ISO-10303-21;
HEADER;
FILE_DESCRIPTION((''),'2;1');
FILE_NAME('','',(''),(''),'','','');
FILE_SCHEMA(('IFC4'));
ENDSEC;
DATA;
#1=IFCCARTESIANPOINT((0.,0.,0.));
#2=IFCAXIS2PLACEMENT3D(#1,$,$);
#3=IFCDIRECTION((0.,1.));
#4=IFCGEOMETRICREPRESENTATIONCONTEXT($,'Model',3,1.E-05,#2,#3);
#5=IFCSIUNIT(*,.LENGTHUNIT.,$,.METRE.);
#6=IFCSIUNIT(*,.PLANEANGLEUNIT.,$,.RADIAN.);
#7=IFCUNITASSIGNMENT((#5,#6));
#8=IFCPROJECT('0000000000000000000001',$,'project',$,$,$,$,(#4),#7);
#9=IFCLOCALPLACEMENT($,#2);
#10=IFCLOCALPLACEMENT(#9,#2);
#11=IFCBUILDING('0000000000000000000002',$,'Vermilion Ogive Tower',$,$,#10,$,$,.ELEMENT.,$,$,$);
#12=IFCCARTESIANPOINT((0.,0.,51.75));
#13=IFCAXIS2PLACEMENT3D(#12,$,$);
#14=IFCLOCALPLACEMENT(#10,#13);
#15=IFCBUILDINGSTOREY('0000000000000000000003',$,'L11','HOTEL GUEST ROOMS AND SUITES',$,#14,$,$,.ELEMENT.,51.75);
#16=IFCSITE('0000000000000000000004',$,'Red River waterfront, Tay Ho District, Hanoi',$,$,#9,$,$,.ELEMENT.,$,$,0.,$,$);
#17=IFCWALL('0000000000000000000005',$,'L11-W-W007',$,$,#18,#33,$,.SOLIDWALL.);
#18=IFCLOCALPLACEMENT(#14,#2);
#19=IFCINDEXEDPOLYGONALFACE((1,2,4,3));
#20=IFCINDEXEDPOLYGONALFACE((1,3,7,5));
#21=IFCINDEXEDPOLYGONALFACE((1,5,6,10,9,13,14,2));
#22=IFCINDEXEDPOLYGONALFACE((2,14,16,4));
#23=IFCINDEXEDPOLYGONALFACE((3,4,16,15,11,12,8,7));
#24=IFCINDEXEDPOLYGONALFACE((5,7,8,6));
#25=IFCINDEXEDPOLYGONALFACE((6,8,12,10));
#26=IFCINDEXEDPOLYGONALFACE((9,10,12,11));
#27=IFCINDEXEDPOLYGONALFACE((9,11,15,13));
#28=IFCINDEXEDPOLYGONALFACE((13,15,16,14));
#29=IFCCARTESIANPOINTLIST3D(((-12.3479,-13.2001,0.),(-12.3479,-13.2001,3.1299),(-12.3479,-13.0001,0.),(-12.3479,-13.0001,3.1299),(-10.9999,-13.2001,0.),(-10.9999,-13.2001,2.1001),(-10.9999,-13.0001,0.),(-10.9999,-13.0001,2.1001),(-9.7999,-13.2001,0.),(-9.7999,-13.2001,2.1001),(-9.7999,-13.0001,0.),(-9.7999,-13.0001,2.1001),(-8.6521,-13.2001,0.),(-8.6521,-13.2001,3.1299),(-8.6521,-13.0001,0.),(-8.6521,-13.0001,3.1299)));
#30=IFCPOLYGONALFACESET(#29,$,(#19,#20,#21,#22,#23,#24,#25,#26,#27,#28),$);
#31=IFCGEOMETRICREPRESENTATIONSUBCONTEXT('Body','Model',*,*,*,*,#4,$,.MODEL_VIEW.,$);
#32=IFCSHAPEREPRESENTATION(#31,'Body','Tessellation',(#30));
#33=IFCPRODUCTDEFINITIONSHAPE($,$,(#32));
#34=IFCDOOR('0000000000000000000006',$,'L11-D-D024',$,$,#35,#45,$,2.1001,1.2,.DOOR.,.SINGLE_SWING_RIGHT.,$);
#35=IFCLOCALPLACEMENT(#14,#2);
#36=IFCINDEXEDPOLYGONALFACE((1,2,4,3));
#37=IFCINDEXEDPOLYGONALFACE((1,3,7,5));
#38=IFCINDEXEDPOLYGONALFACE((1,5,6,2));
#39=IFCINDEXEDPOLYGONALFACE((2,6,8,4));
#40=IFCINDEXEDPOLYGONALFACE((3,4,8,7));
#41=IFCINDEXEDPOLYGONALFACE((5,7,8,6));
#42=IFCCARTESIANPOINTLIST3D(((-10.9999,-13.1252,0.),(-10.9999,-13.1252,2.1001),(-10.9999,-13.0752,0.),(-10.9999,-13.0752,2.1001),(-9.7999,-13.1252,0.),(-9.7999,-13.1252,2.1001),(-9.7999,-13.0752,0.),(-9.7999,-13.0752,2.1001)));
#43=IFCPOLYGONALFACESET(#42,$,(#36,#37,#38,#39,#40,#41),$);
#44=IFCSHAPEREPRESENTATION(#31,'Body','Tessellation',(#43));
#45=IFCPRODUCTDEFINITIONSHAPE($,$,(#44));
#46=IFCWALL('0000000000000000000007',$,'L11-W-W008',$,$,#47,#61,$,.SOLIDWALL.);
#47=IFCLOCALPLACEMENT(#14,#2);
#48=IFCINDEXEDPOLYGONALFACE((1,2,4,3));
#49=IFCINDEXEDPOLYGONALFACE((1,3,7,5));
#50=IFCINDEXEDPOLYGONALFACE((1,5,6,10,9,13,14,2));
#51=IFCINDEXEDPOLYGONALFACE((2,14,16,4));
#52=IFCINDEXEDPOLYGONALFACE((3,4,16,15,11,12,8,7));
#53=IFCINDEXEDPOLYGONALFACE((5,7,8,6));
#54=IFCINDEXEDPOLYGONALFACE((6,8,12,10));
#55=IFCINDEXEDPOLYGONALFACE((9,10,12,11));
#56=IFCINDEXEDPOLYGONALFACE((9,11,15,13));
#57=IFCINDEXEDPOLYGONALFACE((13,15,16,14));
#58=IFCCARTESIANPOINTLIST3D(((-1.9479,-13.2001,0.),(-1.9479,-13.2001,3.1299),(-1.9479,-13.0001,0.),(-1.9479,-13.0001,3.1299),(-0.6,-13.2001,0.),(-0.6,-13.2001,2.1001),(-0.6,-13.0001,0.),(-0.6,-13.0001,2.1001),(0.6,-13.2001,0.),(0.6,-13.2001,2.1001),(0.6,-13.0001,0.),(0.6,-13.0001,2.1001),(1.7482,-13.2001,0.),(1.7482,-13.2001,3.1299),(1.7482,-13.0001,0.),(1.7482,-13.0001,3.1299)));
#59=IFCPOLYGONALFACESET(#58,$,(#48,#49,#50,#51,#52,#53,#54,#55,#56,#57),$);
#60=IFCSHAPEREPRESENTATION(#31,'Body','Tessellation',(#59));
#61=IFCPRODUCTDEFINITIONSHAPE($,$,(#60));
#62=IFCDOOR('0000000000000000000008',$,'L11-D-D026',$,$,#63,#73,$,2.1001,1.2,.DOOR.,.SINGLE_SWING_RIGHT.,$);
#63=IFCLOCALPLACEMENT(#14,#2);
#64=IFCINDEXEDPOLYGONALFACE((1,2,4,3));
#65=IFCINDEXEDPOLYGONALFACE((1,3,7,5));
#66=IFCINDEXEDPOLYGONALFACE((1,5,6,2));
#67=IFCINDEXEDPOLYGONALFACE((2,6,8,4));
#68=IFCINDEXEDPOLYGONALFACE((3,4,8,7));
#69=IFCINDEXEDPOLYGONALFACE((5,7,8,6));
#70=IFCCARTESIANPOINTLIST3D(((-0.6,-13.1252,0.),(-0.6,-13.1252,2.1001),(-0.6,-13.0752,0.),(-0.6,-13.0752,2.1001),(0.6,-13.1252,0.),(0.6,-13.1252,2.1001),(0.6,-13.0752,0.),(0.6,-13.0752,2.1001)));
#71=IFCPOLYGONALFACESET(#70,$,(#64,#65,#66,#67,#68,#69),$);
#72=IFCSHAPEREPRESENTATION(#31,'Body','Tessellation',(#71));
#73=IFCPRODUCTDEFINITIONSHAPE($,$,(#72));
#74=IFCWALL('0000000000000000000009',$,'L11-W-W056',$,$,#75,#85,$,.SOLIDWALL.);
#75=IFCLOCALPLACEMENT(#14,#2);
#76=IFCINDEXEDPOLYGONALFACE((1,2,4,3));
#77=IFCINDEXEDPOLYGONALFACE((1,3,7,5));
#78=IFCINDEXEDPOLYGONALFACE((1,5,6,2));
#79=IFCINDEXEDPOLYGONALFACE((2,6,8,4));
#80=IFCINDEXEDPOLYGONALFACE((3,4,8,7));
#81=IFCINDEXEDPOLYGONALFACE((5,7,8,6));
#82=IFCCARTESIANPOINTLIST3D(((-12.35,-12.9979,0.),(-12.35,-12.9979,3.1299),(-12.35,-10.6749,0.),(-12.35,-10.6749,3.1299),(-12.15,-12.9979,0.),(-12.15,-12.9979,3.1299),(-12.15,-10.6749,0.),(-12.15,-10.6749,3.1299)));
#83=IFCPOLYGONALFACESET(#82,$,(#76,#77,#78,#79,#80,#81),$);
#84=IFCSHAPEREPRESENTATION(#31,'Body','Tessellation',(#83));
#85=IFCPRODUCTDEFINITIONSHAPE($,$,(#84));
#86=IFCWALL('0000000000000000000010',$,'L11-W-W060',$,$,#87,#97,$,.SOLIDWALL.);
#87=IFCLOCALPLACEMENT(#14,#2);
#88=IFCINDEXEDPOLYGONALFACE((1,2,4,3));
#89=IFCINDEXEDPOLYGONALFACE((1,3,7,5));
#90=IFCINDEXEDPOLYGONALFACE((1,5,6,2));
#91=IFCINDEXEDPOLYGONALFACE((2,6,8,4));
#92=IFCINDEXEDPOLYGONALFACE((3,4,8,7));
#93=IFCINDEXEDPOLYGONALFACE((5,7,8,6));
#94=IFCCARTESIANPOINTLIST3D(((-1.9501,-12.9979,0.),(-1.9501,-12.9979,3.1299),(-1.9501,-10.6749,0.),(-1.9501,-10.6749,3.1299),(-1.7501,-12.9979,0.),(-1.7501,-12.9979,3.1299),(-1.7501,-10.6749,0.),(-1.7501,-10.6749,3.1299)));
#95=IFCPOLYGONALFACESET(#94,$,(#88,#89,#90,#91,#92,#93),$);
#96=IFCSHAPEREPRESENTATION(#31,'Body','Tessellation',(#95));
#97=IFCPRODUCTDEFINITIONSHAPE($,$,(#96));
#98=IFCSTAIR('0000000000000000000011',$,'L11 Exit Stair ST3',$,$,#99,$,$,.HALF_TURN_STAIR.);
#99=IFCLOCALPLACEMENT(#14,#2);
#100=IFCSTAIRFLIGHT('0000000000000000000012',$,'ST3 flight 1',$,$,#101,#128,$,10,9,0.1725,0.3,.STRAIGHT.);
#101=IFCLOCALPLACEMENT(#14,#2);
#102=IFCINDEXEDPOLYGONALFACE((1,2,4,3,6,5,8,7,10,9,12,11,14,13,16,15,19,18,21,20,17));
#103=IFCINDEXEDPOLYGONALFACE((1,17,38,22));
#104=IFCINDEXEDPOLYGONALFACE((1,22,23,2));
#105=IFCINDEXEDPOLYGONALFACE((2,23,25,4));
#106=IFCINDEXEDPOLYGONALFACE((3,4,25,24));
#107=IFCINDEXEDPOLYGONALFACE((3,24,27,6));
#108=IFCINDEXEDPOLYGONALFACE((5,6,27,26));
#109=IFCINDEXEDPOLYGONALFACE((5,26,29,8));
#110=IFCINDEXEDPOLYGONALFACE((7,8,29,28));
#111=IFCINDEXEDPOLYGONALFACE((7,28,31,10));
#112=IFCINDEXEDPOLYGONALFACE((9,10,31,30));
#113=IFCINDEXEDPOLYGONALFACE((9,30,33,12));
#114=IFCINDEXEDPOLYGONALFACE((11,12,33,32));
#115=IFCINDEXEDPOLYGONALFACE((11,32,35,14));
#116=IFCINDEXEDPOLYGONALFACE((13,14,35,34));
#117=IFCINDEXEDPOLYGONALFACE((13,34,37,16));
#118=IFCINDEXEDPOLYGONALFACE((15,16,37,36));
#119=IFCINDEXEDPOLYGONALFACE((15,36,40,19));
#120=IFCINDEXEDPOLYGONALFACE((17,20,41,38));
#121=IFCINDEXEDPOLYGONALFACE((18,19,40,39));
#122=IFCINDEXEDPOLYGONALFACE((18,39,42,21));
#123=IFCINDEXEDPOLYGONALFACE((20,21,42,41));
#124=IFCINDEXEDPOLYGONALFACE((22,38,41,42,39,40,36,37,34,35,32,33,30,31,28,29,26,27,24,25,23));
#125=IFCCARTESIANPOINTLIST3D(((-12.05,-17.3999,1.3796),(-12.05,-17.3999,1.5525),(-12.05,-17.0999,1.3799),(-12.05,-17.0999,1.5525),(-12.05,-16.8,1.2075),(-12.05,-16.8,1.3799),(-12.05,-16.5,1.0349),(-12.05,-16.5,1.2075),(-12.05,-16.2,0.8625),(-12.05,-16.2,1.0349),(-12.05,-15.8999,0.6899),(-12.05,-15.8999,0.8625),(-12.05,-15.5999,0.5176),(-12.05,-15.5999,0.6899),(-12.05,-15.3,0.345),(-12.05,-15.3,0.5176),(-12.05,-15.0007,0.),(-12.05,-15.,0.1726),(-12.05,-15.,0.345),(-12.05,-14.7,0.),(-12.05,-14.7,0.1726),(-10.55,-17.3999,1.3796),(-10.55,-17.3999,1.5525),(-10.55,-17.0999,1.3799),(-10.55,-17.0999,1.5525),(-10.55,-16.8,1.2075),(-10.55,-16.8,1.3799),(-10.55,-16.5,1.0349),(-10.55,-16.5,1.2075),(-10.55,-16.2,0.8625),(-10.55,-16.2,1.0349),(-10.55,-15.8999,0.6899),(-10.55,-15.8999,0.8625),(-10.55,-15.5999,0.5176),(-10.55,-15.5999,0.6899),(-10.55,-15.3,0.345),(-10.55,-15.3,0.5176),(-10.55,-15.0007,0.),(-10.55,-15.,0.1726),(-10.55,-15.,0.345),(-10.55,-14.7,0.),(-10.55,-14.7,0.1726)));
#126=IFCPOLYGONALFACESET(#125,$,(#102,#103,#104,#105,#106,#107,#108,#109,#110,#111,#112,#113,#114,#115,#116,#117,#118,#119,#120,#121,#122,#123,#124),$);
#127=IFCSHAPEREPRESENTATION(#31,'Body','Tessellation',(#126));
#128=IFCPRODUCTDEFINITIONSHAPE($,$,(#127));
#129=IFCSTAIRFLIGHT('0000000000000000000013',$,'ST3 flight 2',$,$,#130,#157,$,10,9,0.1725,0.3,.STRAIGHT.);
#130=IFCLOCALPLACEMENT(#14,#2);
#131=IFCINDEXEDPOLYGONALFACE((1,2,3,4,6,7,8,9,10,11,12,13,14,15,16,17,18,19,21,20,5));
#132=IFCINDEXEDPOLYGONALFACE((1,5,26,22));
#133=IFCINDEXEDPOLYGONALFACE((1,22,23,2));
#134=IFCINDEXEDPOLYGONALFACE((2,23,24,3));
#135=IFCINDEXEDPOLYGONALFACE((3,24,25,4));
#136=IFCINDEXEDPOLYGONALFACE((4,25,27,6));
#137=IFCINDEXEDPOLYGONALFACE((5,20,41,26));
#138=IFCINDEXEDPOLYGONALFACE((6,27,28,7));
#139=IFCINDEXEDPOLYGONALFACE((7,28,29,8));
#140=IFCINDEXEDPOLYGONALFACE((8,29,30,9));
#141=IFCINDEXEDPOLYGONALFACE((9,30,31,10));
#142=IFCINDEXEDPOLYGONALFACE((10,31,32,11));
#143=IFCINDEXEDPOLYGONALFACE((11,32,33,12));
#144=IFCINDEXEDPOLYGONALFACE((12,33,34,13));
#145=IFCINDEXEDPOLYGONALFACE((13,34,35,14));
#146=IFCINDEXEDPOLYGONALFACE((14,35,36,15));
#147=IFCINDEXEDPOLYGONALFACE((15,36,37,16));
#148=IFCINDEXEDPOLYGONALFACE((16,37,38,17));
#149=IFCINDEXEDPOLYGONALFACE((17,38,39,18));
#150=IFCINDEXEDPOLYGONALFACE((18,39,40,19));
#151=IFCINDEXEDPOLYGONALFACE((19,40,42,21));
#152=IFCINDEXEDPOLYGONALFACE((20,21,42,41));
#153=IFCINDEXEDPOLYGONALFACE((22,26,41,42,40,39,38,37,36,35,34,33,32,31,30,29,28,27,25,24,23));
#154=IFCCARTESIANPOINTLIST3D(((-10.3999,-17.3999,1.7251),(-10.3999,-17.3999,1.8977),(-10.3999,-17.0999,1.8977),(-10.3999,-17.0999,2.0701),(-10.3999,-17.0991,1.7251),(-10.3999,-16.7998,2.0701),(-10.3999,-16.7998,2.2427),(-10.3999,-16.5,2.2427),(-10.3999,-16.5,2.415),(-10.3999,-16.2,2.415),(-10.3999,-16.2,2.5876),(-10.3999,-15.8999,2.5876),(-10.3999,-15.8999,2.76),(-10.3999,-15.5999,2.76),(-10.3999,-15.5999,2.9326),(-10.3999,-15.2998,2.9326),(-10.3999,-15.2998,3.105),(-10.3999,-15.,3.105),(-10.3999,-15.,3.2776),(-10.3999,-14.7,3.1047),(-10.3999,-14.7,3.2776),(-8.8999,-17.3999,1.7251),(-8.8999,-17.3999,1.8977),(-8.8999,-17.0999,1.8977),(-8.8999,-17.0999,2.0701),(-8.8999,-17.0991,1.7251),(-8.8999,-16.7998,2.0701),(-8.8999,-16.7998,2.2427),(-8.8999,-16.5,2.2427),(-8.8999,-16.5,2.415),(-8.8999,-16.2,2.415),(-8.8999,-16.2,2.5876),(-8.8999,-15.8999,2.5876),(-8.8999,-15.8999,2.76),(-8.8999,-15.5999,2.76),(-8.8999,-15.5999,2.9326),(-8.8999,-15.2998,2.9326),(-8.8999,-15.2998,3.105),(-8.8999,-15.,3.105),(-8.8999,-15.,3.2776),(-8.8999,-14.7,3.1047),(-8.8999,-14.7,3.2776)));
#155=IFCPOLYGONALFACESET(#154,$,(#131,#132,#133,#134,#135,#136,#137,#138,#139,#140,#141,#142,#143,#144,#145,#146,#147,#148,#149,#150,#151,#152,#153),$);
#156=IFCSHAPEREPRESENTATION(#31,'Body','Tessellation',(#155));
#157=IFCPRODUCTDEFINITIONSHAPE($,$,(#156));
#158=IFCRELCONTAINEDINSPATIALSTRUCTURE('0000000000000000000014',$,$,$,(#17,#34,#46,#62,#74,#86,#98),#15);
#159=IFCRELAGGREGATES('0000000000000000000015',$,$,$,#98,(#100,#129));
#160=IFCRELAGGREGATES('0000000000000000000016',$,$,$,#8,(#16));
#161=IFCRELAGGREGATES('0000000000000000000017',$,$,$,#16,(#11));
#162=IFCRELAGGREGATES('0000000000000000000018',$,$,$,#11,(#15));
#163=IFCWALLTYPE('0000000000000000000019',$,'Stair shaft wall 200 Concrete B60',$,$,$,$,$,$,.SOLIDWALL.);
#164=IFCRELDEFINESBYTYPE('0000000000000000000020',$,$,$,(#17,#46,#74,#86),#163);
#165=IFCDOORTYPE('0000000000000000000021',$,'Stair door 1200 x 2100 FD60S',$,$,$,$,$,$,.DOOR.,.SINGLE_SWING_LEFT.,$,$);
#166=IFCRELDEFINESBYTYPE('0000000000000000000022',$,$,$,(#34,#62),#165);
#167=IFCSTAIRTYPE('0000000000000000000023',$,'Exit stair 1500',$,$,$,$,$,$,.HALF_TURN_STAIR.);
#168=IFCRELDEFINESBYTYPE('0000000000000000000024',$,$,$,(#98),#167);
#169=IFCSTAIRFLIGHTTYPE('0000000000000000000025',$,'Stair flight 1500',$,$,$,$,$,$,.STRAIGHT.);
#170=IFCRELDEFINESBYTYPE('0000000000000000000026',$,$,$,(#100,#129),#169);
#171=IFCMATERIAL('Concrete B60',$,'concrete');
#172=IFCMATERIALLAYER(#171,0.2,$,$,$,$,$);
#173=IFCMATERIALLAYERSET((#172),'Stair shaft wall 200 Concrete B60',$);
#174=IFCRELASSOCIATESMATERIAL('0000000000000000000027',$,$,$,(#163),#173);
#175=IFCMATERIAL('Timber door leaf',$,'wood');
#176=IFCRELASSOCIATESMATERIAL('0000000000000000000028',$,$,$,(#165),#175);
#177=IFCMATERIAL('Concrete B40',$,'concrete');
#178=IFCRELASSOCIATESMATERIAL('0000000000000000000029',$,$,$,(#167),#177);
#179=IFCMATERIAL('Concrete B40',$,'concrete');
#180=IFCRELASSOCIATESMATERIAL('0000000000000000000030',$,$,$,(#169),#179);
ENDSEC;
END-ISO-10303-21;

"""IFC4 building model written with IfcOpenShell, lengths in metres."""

from ifc_helpers import new_model, si_unit, direction, frame, frame_2d, origin, place, context, subcontext, project, spatial, polyline, rectangle, outline, extrude, material, layer, layer_set, type_object, element, fill, aggregate, save


model = new_model("IFC4")

# Units and contexts
model_context = context("Model", 3, precision=1e-05, world=origin(), true_north=direction((0.0, 1.0)))
body_context = subcontext(model_context, "Body", "Model", "MODEL_VIEW")
ifc_project = project(units=[si_unit("LENGTHUNIT", "METRE"), si_unit("PLANEANGLEUNIT", "RADIAN")], contexts=[model_context])

# Site, building, storey
site_placement = place(None, origin())
site = spatial("IfcSite", under=ifc_project, at=site_placement, Name="Red River waterfront, Tay Ho District, Hanoi", CompositionType="ELEMENT", RefElevation=0.0)
building_placement = place(site_placement, origin())
building = spatial("IfcBuilding", under=site, at=building_placement, Name="Vermilion Ogive Tower", CompositionType="ELEMENT")
storey_placement = place(building_placement, frame((0.0, 0.0, 51.75)))
storey = spatial("IfcBuildingStorey", under=building, at=storey_placement, Name="L11", Description="HOTEL GUEST ROOMS AND SUITES", CompositionType="ELEMENT", Elevation=51.75)

# Walls, openings, doors
ifc_material_1 = material(Name="Concrete B60", Category="concrete")
ifc_layer = layer(ifc_material_1, 0.2)
ifc_layer_set = layer_set([ifc_layer], Name="Stair shaft wall 200 Concrete B60")
wall_type = type_object("IfcWallType", Name="Stair shaft wall 200 Concrete B60", PredefinedType="SOLIDWALL", material=ifc_layer_set)
wall_1_placement = place(storey_placement, frame((-12.3479, -13.1001, 0.0), z_axis=(0.0, 0.0, 1.0), x_axis=(1.0, 0.0, 0.0)))
wall_1 = element("IfcWall", 1, at=wall_1_placement, inside=storey, type_object=wall_type, Name="L11-W-W007", PredefinedType="SOLIDWALL", context=body_context, shape_type="SweptSolid", body=[
    extrude(rectangle(XDim=3.6958, YDim=0.2, at=frame_2d((1.8479, 0.0))), origin(), (0.0, 0.0, 1.0), 3.1299),
])
opening_1_placement = place(wall_1_placement, frame((1.3479, 0.0, 0.0)))
opening_1 = element("IfcOpeningElement", 2, at=opening_1_placement, cuts=wall_1, PredefinedType="OPENING", context=body_context, shape_type="SweptSolid", body=[
    extrude(rectangle(XDim=1.2, YDim=2.1001, at=frame_2d((0.6001, 1.05))), frame((0.0, 0.1099, 0.0), z_axis=(0.0, -1.0, 0.0), x_axis=(1.0, 0.0, 0.0)), (0.0, 0.0, 1.0), 0.22),
])
ifc_material_2 = material(Name="Timber door leaf", Category="wood")
door_type = type_object("IfcDoorType", Name="Stair door 1200 x 2100 FD60S", OperationType="SINGLE_SWING_LEFT", PredefinedType="DOOR", material=ifc_material_2)
door_1_placement = place(opening_1_placement, origin())
door_1 = element("IfcDoor", 3, at=door_1_placement, inside=storey, type_object=door_type, Name="L11-D-D024", OperationType="SINGLE_SWING_RIGHT", OverallHeight=2.1001, OverallWidth=1.2, PredefinedType="DOOR", context=body_context, shape_type="SweptSolid", body=[
    extrude(rectangle(XDim=1.2, YDim=2.1001, at=frame_2d((0.6001, 1.05))), frame((0.0, 0.0249, 0.0), z_axis=(0.0, -1.0, 0.0), x_axis=(1.0, 0.0, 0.0)), (0.0, 0.0, 1.0), 0.05),
])
fill(opening_1, door_1)
wall_2_placement = place(storey_placement, frame((-1.948, -13.1001, 0.0), z_axis=(0.0, 0.0, 1.0), x_axis=(1.0, 0.0, 0.0)))
wall_2 = element("IfcWall", 4, at=wall_2_placement, inside=storey, type_object=wall_type, Name="L11-W-W008", PredefinedType="SOLIDWALL", context=body_context, shape_type="SweptSolid", body=[
    extrude(rectangle(XDim=3.696, YDim=0.2, at=frame_2d((1.8481, 0.0))), origin(), (0.0, 0.0, 1.0), 3.1299),
])
opening_2_placement = place(wall_2_placement, frame((1.3479, 0.0, 0.0)))
opening_2 = element("IfcOpeningElement", 5, at=opening_2_placement, cuts=wall_2, PredefinedType="OPENING", context=body_context, shape_type="SweptSolid", body=[
    extrude(rectangle(XDim=1.2, YDim=2.1001, at=frame_2d((0.6001, 1.05))), frame((0.0, 0.1099, 0.0), z_axis=(0.0, -1.0, 0.0), x_axis=(1.0, 0.0, 0.0)), (0.0, 0.0, 1.0), 0.22),
])
door_2_placement = place(opening_2_placement, origin())
door_2 = element("IfcDoor", 6, at=door_2_placement, inside=storey, type_object=door_type, Name="L11-D-D026", OperationType="SINGLE_SWING_RIGHT", OverallHeight=2.1001, OverallWidth=1.2, PredefinedType="DOOR", context=body_context, shape_type="SweptSolid", body=[
    extrude(rectangle(XDim=1.2, YDim=2.1001, at=frame_2d((0.6001, 1.05))), frame((0.0, 0.0249, 0.0), z_axis=(0.0, -1.0, 0.0), x_axis=(1.0, 0.0, 0.0)), (0.0, 0.0, 1.0), 0.05),
])
fill(opening_2, door_2)

# Walls
for number, where, z_axis, x_axis, name in (
    (7, (-12.25, -12.998, 0.0), (0.0, 0.0, 1.0), (0.0, 1.0, 0.0), "L11-W-W056"),
    (8, (-1.8501, -12.998, 0.0), (0.0, 0.0, 1.0), (0.0, 1.0, 0.0), "L11-W-W060"),
):
    element("IfcWall", number, at=place(storey_placement, frame(where, z_axis=z_axis, x_axis=x_axis)), inside=storey, type_object=wall_type, Name=name, PredefinedType="SOLIDWALL", context=body_context, shape_type="SweptSolid", body=[
        extrude(rectangle(XDim=2.323, YDim=0.2, at=frame_2d((1.1616, 0.0))), origin(), (0.0, 0.0, 1.0), 3.1299),
    ])

# Stair, stair flights
ifc_material_3 = material(Name="Concrete B40", Category="concrete")
stair_type = type_object("IfcStairType", Name="Exit stair 1500", PredefinedType="HALF_TURN_STAIR", material=ifc_material_3)
stair_1_placement = place(storey_placement, origin())
stair_1 = element("IfcStair", 9, at=stair_1_placement, inside=storey, type_object=stair_type, Name="L11 Exit Stair ST3", PredefinedType="HALF_TURN_STAIR")
ifc_material_4 = material(Name="Concrete B40", Category="concrete")
stair_flight_type = type_object("IfcStairFlightType", Name="Stair flight 1500", PredefinedType="STRAIGHT", material=ifc_material_4)
stair_flight_1_placement = place(storey_placement, frame((-11.3, -14.7, 0.0), z_axis=(0.0, 0.0, 1.0), x_axis=(0.0, -1.0, 0.0)))
stair_flight_1 = element("IfcStairFlight", 10, at=stair_flight_1_placement, type_object=stair_flight_type, Name="ST3 flight 1", NumberOfRisers=10, NumberOfTreads=9, PredefinedType="STRAIGHT", RiserHeight=0.1725, TreadLength=0.3, context=body_context, shape_type="SweptSolid", body=[
    extrude(outline(polyline([(0.0, 0.0), (0.0, 0.1726), (0.3, 0.1726), (0.3, 0.345), (0.6001, 0.345), (0.6001, 0.5176), (0.8999, 0.5176), (0.8999, 0.6899), (1.2, 0.6899), (1.2, 0.8625), (1.5, 0.8625), (1.5, 1.0349), (1.8, 1.0349), (1.8, 1.2075), (2.1001, 1.2075), (2.1001, 1.3799), (2.3999, 1.3799), (2.3999, 1.5525), (2.7, 1.5525), (2.7, 1.7251), (2.7, 1.3796), (0.3008, 0.0), (0.0, 0.0)])), frame((0.0, 0.75, 0.0), z_axis=(0.0, -1.0, 0.0), x_axis=(1.0, 0.0, 0.0)), (0.0, 0.0, 1.0), 1.5),
])
stair_flight_2_placement = place(storey_placement, frame((-9.6499, -17.3999, 1.7251), z_axis=(0.0, 0.0, 1.0), x_axis=(0.0, 1.0, 0.0)))
stair_flight_2 = element("IfcStairFlight", 11, at=stair_flight_2_placement, type_object=stair_flight_type, Name="ST3 flight 2", NumberOfRisers=10, NumberOfTreads=9, PredefinedType="STRAIGHT", RiserHeight=0.1725, TreadLength=0.3, context=body_context, shape_type="SweptSolid", body=[
    extrude(outline(polyline([(0.0, 0.0), (0.0, 0.1726), (0.3, 0.1726), (0.3, 0.345), (0.6001, 0.345), (0.6001, 0.5176), (0.8999, 0.5176), (0.8999, 0.6899), (1.2, 0.6899), (1.2, 0.8625), (1.5, 0.8625), (1.5, 1.0349), (1.8, 1.0349), (1.8, 1.2075), (2.1001, 1.2075), (2.1001, 1.3799), (2.3999, 1.3799), (2.3999, 1.5525), (2.7, 1.5525), (2.7, 1.7251), (2.7, 1.3796), (0.3008, 0.0), (0.0, 0.0)])), frame((0.0, 0.75, 0.0), z_axis=(0.0, -1.0, 0.0), x_axis=(1.0, 0.0, 0.0)), (0.0, 0.0, 1.0), 1.5),
])
aggregate(stair_1, [stair_flight_1, stair_flight_2])

save(model, "model.ifc")
